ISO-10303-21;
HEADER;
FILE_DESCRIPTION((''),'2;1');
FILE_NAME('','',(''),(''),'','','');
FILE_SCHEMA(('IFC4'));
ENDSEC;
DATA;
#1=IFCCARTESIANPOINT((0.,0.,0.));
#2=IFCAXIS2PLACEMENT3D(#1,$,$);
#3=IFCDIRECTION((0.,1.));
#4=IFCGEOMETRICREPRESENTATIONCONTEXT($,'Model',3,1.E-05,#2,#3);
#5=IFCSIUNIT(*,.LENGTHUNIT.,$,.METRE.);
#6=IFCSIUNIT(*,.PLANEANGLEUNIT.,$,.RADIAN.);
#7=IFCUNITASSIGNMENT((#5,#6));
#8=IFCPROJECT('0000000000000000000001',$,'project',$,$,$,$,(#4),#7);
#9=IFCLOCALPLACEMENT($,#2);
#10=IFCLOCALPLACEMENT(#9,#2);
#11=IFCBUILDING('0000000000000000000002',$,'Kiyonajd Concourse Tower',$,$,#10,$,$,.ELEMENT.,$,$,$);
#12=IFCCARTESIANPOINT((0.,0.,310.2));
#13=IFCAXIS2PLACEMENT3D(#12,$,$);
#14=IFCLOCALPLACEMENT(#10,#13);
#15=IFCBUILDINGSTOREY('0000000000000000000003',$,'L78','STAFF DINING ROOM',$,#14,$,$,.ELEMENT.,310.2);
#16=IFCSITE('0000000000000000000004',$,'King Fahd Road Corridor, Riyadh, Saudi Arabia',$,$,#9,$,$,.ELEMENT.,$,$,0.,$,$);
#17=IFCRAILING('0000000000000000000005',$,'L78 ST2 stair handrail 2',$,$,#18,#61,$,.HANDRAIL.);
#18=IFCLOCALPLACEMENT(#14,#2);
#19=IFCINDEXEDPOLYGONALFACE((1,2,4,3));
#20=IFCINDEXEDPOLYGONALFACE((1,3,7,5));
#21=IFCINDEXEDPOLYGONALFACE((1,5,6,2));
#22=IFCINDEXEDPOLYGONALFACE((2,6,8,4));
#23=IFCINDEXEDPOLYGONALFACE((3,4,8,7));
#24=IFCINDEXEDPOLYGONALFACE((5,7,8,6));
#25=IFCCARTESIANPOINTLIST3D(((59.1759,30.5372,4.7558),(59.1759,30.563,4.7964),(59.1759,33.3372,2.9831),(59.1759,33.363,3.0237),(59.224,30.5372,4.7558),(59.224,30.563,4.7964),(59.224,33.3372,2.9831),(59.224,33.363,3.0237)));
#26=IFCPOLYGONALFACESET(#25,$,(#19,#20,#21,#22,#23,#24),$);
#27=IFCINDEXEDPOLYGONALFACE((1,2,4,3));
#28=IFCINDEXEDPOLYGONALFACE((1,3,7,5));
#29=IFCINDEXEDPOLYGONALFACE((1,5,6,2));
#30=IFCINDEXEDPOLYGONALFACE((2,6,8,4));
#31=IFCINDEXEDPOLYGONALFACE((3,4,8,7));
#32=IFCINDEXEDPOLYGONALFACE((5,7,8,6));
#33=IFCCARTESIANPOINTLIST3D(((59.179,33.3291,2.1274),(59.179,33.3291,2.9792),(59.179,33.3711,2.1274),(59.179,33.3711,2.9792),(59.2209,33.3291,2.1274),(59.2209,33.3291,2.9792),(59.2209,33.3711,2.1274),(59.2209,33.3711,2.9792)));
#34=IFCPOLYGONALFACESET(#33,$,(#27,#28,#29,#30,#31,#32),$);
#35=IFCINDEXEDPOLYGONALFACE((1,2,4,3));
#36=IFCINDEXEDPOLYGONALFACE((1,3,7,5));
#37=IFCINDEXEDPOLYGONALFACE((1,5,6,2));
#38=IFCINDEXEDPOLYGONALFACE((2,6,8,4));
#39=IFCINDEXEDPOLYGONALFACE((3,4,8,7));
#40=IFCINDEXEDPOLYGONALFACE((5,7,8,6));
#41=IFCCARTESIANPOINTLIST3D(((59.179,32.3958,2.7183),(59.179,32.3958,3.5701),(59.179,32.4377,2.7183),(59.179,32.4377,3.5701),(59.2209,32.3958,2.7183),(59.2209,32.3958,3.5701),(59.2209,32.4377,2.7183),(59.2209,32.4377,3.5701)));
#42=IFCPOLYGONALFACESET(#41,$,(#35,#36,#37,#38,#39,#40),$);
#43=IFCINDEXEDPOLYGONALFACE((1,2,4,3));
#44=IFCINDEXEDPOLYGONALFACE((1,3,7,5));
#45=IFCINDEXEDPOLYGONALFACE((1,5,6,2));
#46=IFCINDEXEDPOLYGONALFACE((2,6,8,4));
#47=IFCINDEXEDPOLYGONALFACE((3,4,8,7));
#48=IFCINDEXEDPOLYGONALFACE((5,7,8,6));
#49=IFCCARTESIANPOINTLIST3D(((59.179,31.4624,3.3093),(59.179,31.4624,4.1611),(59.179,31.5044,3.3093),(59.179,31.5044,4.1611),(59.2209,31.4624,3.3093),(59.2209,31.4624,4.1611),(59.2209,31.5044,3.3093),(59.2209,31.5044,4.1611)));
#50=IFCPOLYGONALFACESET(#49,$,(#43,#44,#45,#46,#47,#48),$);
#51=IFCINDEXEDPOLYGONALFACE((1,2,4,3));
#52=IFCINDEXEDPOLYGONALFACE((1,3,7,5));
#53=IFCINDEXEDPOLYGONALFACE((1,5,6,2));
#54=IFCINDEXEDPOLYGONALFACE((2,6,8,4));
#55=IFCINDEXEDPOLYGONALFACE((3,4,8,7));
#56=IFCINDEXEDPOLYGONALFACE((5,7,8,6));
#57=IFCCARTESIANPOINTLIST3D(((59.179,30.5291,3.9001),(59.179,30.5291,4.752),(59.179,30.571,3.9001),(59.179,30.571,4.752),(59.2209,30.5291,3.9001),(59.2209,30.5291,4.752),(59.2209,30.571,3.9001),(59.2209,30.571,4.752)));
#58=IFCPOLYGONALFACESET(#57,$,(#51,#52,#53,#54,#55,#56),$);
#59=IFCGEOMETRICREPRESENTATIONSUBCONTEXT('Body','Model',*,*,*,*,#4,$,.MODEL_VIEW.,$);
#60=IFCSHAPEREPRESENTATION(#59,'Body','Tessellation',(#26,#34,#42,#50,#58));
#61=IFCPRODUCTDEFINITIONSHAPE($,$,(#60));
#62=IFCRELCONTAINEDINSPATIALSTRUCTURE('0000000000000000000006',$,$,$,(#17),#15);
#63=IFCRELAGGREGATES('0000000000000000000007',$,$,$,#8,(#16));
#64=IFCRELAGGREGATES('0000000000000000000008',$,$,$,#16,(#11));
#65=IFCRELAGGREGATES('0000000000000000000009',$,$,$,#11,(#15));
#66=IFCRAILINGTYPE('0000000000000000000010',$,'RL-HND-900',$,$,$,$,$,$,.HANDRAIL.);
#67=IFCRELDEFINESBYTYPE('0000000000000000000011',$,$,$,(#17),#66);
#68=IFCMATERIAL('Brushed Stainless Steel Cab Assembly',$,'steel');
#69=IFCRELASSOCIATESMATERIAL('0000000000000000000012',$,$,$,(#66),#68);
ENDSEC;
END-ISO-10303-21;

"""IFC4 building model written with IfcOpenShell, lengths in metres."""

from ifc_helpers import new_model, si_unit, direction, frame, origin, origin_2d, place, context, subcontext, project, spatial, rectangle, extrude, material, type_object, element, save


model = new_model("IFC4")

# Units and contexts
model_context = context("Model", 3, precision=1e-05, world=origin(), true_north=direction((0.0, 1.0)))
body_context = subcontext(model_context, "Body", "Model", "MODEL_VIEW")
ifc_project = project(units=[si_unit("LENGTHUNIT", "METRE"), si_unit("PLANEANGLEUNIT", "RADIAN")], contexts=[model_context])

# Site, building, storey
site_placement = place(None, origin())
site = spatial("IfcSite", under=ifc_project, at=site_placement, Name="King Fahd Road Corridor, Riyadh, Saudi Arabia", CompositionType="ELEMENT", RefElevation=0.0)
building_placement = place(site_placement, origin())
building = spatial("IfcBuilding", under=site, at=building_placement, Name="Kiyonajd Concourse Tower", CompositionType="ELEMENT")
storey_placement = place(building_placement, frame((0.0, 0.0, 310.2)))
storey = spatial("IfcBuildingStorey", under=building, at=storey_placement, Name="L78", Description="STAFF DINING ROOM", CompositionType="ELEMENT", Elevation=310.2)

# Railing
ifc_material_1 = material(Name="Brushed Stainless Steel Cab Assembly", Category="steel")
railing_type_1 = type_object("IfcRailingType", Name="RL-HND-900", PredefinedType="HANDRAIL", material=ifc_material_1)
railing_1_placement = place(storey_placement, frame((59.2, 33.3501, 2.1274)))
element("IfcRailing", 1, at=railing_1_placement, inside=storey, type_object=railing_type_1, Name="L78 ST2 stair handrail 2", PredefinedType="HANDRAIL", context=body_context, shape_type="SweptSolid", body=[
    extrude(rectangle(XDim=0.0481, YDim=0.0481, at=origin_2d()), frame((0.0, 0.0, 0.876), z_axis=(0.0, -0.844909, 0.53491), x_axis=(1.0, 0.0, 0.0)), (0.0, 0.0, 1.0), 3.314),
    extrude(rectangle(XDim=0.042, YDim=0.042, at=origin_2d()), origin(), (0.0, 0.0, 1.0), 0.8518),
    extrude(rectangle(XDim=0.042, YDim=0.042, at=origin_2d()), frame((0.0, -0.9333, 0.5908)), (0.0, 0.0, 1.0), 0.8518),
    extrude(rectangle(XDim=0.042, YDim=0.042, at=origin_2d()), frame((0.0, -1.8667, 1.1819)), (0.0, 0.0, 1.0), 0.8518),
    extrude(rectangle(XDim=0.042, YDim=0.042, at=origin_2d()), frame((0.0, -2.8, 1.7727)), (0.0, 0.0, 1.0), 0.8518),
])

save(model, "model.ifc")
